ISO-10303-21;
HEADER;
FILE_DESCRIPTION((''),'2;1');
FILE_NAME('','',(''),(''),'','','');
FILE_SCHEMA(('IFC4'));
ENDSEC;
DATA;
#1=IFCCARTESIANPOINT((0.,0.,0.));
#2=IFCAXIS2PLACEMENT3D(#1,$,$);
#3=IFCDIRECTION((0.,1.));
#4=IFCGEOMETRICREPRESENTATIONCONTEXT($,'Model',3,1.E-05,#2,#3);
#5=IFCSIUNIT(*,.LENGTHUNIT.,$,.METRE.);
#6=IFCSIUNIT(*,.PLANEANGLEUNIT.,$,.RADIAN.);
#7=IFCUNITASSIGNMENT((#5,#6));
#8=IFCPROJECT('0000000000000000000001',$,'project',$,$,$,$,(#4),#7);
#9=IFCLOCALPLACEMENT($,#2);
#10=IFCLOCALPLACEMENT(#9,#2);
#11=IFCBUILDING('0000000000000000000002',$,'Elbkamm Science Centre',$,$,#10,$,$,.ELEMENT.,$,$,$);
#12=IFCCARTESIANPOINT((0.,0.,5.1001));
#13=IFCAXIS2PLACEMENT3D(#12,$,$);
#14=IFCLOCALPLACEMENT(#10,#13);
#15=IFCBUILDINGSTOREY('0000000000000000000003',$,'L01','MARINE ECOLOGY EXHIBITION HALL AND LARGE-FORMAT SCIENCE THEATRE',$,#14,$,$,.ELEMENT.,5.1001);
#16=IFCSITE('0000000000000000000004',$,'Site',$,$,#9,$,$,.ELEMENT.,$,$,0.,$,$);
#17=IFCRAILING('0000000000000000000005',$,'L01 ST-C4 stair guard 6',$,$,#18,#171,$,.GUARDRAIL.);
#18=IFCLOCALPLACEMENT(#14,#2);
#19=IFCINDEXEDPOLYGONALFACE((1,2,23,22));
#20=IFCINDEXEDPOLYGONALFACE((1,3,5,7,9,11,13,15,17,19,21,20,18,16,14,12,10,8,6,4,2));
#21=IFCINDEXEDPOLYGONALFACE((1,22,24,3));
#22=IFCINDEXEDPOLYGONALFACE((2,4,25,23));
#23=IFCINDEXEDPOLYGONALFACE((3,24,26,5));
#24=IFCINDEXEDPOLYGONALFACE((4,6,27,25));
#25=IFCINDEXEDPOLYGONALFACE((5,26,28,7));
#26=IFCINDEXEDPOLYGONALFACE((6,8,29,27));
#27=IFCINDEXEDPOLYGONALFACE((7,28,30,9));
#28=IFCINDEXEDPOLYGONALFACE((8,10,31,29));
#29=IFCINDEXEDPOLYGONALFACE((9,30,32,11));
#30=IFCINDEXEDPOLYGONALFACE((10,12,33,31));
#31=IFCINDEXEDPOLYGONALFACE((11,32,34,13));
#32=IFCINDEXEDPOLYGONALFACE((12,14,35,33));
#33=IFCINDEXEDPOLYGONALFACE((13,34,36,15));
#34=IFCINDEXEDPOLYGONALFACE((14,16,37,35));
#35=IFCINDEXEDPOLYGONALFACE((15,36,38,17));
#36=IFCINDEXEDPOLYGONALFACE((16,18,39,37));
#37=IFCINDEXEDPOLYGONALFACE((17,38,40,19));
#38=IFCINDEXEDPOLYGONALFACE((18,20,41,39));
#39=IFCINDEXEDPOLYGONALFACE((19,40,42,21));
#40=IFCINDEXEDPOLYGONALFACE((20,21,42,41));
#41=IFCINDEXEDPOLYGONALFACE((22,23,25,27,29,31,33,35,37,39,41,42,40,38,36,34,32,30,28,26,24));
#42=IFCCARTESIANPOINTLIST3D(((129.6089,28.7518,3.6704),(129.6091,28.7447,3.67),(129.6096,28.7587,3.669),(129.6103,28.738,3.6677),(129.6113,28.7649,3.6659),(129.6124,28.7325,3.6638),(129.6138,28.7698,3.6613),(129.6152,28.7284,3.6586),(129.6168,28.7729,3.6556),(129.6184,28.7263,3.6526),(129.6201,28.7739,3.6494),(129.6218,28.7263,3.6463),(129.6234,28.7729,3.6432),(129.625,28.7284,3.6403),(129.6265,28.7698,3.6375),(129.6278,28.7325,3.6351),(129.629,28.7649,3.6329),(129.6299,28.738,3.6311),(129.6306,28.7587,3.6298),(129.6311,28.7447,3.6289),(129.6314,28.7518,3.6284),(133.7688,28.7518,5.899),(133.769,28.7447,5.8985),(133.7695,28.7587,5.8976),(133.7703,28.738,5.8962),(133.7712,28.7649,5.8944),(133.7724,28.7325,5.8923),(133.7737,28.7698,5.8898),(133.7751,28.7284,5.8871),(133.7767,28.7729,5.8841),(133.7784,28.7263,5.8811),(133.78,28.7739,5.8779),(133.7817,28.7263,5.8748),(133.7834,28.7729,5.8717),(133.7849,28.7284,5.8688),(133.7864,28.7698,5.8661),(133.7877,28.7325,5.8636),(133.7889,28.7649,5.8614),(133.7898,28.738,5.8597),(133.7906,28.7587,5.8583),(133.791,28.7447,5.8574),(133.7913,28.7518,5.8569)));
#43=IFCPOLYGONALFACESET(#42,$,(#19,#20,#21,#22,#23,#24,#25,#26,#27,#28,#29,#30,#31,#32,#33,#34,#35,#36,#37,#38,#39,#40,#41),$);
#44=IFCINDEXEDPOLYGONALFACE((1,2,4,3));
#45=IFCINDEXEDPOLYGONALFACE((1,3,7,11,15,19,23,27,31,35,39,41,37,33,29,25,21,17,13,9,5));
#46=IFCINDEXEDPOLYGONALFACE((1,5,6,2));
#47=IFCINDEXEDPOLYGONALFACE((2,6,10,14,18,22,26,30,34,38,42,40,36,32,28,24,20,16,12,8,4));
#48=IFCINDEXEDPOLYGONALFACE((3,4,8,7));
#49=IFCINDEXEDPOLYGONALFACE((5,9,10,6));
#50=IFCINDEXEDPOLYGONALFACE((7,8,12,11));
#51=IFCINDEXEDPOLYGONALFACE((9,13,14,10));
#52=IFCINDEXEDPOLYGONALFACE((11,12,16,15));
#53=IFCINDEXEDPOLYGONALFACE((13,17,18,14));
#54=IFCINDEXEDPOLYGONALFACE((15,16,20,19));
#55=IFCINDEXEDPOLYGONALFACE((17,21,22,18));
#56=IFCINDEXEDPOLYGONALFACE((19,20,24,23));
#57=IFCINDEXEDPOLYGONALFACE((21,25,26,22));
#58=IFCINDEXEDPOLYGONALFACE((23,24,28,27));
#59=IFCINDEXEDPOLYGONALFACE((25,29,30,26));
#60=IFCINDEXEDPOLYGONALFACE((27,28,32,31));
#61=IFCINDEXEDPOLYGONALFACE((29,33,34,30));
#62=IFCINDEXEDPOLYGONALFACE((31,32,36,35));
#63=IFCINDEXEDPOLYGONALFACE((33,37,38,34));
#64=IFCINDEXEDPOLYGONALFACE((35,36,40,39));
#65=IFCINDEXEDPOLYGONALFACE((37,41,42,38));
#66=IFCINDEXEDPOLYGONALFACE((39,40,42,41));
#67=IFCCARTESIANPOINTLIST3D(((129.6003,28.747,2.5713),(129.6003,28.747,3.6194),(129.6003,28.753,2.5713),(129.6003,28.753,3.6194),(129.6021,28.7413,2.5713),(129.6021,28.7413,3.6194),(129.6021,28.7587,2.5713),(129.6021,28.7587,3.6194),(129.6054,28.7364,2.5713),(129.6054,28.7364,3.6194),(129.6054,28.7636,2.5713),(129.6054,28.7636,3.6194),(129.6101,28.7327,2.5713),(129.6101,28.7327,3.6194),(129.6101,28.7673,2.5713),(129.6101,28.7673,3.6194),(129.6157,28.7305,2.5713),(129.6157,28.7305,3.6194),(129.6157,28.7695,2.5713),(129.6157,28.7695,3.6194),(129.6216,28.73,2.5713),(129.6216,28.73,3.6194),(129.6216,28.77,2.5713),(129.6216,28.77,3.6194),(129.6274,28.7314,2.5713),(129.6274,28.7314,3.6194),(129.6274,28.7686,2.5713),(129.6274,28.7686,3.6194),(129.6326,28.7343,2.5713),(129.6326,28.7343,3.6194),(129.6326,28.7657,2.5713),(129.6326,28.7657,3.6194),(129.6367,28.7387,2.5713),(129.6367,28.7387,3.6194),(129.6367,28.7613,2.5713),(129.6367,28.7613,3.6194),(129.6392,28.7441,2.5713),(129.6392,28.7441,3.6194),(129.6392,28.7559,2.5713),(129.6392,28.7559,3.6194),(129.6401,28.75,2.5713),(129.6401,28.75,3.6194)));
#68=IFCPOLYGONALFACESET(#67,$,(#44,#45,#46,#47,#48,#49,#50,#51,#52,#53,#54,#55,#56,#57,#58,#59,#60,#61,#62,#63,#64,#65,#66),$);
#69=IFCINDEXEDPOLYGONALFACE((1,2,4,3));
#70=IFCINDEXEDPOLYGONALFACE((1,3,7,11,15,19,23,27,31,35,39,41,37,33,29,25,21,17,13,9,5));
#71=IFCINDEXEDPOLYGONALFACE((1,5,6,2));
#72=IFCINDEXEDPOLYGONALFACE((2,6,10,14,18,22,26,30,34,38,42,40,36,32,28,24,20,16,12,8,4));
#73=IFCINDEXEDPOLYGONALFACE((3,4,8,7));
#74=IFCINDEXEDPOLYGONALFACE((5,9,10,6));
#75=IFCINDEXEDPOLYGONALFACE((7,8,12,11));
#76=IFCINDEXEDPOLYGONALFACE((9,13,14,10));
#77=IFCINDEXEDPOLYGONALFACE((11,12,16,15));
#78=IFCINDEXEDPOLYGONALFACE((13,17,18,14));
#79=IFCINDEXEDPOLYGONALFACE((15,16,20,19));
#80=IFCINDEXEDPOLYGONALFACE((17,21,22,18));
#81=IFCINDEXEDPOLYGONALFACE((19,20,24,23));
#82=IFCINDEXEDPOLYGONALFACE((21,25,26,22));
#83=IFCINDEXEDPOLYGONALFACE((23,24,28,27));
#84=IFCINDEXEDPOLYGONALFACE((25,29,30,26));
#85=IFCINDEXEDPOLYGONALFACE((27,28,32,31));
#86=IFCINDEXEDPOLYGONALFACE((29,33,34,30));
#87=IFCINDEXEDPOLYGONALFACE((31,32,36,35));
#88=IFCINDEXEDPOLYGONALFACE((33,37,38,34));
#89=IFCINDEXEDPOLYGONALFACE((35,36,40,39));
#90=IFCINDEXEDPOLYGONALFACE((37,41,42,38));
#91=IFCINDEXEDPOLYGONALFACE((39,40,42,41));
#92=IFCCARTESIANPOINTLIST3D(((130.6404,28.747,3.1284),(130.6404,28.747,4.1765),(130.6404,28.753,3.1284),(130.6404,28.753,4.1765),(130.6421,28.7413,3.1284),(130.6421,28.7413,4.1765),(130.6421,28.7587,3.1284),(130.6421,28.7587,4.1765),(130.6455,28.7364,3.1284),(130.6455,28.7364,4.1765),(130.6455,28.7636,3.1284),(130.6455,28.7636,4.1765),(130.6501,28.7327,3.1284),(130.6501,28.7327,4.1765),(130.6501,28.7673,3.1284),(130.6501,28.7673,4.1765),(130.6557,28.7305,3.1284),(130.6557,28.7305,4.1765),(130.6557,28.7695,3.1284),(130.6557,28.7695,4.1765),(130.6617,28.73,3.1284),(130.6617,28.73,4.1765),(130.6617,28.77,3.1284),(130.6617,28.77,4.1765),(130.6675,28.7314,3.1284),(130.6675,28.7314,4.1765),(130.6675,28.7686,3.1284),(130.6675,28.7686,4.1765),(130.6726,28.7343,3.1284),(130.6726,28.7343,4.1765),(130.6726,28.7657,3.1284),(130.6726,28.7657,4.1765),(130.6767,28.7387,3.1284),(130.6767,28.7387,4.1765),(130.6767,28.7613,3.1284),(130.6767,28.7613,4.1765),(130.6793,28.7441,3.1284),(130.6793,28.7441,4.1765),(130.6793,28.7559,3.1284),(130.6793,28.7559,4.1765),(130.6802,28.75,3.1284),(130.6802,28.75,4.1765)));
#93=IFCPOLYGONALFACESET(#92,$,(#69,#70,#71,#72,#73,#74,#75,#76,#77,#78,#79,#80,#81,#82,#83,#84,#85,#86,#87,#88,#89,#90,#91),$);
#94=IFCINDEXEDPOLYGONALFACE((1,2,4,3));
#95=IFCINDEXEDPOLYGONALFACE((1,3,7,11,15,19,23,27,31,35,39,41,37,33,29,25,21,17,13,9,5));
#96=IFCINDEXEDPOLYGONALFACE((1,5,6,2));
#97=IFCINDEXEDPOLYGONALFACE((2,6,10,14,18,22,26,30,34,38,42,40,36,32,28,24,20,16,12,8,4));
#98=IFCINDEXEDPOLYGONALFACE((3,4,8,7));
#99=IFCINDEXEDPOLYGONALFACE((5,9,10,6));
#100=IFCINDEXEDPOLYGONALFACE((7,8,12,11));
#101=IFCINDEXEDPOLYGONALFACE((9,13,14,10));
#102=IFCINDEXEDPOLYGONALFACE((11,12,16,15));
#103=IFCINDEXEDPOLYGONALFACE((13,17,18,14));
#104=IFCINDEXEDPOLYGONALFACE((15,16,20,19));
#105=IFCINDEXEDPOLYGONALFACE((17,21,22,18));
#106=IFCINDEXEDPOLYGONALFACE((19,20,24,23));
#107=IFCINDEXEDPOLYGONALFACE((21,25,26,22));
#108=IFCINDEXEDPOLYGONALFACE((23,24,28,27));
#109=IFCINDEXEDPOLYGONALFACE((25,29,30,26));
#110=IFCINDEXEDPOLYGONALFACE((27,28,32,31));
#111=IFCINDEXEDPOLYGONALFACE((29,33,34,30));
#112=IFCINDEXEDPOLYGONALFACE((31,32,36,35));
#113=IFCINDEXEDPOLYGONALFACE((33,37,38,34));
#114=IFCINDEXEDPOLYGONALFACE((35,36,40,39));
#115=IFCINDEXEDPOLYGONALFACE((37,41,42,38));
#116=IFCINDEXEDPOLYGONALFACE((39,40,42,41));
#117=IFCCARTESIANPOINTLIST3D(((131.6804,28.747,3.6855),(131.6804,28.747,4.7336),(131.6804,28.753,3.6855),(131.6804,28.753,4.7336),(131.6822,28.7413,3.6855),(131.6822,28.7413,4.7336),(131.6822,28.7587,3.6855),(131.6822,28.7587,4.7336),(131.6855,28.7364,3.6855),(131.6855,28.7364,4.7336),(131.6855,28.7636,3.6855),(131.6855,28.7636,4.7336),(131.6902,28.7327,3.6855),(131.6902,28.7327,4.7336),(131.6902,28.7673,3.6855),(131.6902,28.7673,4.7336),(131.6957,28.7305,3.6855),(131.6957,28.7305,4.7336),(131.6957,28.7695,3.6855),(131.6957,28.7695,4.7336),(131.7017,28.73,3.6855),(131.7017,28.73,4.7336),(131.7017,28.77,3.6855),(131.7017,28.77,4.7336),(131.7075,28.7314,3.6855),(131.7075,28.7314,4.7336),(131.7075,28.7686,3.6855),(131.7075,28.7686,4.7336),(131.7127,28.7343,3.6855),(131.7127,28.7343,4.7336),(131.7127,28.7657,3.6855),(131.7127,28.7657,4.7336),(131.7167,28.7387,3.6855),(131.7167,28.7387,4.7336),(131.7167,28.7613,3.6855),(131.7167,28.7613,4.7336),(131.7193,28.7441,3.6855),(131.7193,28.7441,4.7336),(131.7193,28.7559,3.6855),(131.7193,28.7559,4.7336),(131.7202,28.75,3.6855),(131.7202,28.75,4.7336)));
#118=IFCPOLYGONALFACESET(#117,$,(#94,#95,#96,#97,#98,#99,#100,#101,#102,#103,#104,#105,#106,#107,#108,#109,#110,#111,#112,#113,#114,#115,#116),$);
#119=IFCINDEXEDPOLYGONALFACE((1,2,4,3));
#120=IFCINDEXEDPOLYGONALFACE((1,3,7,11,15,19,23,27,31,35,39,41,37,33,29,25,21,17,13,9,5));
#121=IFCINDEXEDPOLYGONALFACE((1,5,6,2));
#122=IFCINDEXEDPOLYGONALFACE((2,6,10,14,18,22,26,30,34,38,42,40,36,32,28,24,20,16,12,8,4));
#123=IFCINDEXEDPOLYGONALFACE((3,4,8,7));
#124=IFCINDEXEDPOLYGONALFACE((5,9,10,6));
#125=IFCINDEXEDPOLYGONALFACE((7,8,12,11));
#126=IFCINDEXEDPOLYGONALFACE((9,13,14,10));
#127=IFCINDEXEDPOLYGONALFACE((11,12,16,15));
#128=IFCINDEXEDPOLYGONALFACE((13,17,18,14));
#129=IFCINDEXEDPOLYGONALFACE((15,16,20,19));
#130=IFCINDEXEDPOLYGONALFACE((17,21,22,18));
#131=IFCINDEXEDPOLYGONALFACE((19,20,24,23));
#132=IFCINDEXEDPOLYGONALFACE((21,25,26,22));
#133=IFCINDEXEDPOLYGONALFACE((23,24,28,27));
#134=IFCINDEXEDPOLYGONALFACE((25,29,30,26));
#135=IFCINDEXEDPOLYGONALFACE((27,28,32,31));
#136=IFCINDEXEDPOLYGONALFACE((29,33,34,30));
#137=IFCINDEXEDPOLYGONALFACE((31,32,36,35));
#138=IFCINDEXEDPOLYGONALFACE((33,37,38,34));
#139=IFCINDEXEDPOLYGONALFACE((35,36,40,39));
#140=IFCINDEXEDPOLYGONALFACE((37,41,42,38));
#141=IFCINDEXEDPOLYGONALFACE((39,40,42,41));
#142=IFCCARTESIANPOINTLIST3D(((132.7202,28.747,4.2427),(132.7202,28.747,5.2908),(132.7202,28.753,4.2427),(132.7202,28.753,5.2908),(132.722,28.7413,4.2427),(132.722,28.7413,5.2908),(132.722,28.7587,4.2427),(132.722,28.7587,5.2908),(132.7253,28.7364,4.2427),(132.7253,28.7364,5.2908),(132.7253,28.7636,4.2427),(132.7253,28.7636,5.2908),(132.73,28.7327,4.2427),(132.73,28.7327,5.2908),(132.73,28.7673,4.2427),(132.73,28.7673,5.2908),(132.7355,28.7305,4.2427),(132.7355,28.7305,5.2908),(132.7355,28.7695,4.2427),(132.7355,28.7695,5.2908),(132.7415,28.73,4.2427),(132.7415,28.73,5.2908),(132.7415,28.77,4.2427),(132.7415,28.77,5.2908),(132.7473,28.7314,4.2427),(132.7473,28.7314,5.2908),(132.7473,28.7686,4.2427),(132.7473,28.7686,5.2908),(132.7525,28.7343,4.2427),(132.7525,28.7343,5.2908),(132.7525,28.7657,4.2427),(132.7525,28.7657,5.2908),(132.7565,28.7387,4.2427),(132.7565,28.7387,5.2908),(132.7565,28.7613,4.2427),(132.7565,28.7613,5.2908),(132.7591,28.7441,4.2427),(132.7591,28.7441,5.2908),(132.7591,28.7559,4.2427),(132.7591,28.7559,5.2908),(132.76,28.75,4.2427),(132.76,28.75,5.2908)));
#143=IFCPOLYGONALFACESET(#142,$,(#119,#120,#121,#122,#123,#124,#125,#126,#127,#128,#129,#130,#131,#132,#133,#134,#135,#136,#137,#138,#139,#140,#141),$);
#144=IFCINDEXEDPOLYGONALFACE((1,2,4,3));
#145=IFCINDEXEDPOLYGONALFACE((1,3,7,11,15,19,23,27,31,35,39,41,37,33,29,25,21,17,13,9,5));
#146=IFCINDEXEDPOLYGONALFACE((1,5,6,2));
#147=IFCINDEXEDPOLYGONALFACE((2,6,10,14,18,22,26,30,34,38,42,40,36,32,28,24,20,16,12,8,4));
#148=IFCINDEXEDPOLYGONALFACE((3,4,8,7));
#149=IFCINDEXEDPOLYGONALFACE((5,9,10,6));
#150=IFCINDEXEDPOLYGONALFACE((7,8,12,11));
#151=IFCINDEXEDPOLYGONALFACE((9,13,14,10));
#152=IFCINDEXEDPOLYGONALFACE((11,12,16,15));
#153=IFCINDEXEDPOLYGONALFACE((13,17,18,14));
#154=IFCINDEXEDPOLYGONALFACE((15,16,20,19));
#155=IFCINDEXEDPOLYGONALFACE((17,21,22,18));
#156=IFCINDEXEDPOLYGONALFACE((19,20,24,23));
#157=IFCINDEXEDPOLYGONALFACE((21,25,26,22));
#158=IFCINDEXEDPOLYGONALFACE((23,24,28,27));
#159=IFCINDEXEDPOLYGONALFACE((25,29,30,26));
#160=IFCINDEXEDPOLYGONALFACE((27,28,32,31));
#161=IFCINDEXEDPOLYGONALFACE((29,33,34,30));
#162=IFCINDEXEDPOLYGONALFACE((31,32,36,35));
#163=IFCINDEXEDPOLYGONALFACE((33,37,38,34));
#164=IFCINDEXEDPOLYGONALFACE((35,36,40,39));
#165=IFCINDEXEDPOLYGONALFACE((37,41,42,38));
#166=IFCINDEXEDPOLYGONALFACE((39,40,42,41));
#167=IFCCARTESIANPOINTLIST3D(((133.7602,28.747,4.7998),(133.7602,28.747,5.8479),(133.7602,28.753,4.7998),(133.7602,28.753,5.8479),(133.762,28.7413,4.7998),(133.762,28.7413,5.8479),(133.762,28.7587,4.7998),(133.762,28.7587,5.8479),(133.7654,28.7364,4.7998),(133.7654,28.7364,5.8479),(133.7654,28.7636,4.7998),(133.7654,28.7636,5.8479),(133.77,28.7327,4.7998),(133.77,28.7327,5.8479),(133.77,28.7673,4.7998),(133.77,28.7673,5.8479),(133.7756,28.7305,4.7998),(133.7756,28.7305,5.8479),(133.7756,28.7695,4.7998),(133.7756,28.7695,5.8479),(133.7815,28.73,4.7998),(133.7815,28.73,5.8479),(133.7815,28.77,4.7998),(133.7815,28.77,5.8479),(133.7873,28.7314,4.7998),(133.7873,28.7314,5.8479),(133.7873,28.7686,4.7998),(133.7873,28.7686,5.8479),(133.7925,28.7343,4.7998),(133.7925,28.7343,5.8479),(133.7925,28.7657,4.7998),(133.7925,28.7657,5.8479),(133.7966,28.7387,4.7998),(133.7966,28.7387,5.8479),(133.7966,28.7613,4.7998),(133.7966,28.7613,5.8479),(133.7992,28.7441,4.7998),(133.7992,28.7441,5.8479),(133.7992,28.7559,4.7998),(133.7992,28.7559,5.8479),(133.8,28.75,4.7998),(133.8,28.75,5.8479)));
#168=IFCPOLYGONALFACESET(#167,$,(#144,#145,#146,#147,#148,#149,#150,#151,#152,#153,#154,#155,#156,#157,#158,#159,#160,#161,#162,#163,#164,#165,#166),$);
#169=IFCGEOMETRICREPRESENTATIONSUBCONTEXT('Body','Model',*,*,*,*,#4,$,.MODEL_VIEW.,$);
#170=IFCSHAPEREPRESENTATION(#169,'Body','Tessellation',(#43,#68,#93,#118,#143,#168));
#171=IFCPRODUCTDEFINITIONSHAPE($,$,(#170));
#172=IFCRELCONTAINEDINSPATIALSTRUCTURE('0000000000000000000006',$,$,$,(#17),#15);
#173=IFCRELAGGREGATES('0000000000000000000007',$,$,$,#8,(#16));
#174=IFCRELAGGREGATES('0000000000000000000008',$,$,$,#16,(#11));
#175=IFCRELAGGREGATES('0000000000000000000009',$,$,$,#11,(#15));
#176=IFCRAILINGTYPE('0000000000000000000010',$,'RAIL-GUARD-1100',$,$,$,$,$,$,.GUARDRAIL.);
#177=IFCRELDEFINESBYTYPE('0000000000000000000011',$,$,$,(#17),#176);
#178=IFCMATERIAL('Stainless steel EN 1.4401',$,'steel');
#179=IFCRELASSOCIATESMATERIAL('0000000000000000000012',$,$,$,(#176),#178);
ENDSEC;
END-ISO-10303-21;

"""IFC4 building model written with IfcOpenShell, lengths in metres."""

from ifc_helpers import new_model, si_unit, direction, frame, origin, origin_2d, place, context, subcontext, project, spatial, circle, extrude, material, type_object, element, save


model = new_model("IFC4")

# Units and contexts
model_context = context("Model", 3, precision=1e-05, world=origin(), true_north=direction((0.0, 1.0)))
body_context = subcontext(model_context, "Body", "Model", "MODEL_VIEW")
ifc_project = project(units=[si_unit("LENGTHUNIT", "METRE"), si_unit("PLANEANGLEUNIT", "RADIAN")], contexts=[model_context])

# Site, building, storey
site_placement = place(None, origin())
site = spatial("IfcSite", under=ifc_project, at=site_placement, Name="Site", CompositionType="ELEMENT", RefElevation=0.0)
building_placement = place(site_placement, origin())
building = spatial("IfcBuilding", under=site, at=building_placement, Name="Elbkamm Science Centre", CompositionType="ELEMENT")
storey_placement = place(building_placement, frame((0.0, 0.0, 5.1001)))
storey = spatial("IfcBuildingStorey", under=building, at=storey_placement, Name="L01", Description="MARINE ECOLOGY EXHIBITION HALL AND LARGE-FORMAT SCIENCE THEATRE", CompositionType="ELEMENT", Elevation=5.1001)

# Railing
ifc_material_1 = material(Name="Stainless steel EN 1.4401", Category="steel")
railing_type_1 = type_object("IfcRailingType", Name="RAIL-GUARD-1100", PredefinedType="GUARDRAIL", material=ifc_material_1)
railing_1_placement = place(storey_placement, frame((129.6201, 28.75, 2.5713)))
element("IfcRailing", 1, at=railing_1_placement, inside=storey, type_object=railing_type_1, Name="L01 ST-C4 stair guard 6", PredefinedType="GUARDRAIL", context=body_context, shape_type="SweptSolid", body=[
    extrude(circle(Radius=0.0239, at=origin_2d()), frame((0.0, 0.0, 1.0781), z_axis=(0.881481, 0.0, 0.47222), x_axis=(0.0, 1.0, 0.0)), (0.0, 0.0, 1.0), 4.7192),
    extrude(circle(Radius=0.02, at=origin_2d()), origin(), (0.0, 0.0, 1.0), 1.0481),
    extrude(circle(Radius=0.02, at=origin_2d()), frame((1.04, 0.0, 0.5571)), (0.0, 0.0, 1.0), 1.0481),
    extrude(circle(Radius=0.02, at=origin_2d()), frame((2.0801, 0.0, 1.1143)), (0.0, 0.0, 1.0), 1.0481),
    extrude(circle(Radius=0.02, at=origin_2d()), frame((3.1199, 0.0, 1.6714)), (0.0, 0.0, 1.0), 1.0481),
    extrude(circle(Radius=0.02, at=origin_2d()), frame((4.1599, 0.0, 2.2285)), (0.0, 0.0, 1.0), 1.0481),
])

save(model, "model.ifc")
